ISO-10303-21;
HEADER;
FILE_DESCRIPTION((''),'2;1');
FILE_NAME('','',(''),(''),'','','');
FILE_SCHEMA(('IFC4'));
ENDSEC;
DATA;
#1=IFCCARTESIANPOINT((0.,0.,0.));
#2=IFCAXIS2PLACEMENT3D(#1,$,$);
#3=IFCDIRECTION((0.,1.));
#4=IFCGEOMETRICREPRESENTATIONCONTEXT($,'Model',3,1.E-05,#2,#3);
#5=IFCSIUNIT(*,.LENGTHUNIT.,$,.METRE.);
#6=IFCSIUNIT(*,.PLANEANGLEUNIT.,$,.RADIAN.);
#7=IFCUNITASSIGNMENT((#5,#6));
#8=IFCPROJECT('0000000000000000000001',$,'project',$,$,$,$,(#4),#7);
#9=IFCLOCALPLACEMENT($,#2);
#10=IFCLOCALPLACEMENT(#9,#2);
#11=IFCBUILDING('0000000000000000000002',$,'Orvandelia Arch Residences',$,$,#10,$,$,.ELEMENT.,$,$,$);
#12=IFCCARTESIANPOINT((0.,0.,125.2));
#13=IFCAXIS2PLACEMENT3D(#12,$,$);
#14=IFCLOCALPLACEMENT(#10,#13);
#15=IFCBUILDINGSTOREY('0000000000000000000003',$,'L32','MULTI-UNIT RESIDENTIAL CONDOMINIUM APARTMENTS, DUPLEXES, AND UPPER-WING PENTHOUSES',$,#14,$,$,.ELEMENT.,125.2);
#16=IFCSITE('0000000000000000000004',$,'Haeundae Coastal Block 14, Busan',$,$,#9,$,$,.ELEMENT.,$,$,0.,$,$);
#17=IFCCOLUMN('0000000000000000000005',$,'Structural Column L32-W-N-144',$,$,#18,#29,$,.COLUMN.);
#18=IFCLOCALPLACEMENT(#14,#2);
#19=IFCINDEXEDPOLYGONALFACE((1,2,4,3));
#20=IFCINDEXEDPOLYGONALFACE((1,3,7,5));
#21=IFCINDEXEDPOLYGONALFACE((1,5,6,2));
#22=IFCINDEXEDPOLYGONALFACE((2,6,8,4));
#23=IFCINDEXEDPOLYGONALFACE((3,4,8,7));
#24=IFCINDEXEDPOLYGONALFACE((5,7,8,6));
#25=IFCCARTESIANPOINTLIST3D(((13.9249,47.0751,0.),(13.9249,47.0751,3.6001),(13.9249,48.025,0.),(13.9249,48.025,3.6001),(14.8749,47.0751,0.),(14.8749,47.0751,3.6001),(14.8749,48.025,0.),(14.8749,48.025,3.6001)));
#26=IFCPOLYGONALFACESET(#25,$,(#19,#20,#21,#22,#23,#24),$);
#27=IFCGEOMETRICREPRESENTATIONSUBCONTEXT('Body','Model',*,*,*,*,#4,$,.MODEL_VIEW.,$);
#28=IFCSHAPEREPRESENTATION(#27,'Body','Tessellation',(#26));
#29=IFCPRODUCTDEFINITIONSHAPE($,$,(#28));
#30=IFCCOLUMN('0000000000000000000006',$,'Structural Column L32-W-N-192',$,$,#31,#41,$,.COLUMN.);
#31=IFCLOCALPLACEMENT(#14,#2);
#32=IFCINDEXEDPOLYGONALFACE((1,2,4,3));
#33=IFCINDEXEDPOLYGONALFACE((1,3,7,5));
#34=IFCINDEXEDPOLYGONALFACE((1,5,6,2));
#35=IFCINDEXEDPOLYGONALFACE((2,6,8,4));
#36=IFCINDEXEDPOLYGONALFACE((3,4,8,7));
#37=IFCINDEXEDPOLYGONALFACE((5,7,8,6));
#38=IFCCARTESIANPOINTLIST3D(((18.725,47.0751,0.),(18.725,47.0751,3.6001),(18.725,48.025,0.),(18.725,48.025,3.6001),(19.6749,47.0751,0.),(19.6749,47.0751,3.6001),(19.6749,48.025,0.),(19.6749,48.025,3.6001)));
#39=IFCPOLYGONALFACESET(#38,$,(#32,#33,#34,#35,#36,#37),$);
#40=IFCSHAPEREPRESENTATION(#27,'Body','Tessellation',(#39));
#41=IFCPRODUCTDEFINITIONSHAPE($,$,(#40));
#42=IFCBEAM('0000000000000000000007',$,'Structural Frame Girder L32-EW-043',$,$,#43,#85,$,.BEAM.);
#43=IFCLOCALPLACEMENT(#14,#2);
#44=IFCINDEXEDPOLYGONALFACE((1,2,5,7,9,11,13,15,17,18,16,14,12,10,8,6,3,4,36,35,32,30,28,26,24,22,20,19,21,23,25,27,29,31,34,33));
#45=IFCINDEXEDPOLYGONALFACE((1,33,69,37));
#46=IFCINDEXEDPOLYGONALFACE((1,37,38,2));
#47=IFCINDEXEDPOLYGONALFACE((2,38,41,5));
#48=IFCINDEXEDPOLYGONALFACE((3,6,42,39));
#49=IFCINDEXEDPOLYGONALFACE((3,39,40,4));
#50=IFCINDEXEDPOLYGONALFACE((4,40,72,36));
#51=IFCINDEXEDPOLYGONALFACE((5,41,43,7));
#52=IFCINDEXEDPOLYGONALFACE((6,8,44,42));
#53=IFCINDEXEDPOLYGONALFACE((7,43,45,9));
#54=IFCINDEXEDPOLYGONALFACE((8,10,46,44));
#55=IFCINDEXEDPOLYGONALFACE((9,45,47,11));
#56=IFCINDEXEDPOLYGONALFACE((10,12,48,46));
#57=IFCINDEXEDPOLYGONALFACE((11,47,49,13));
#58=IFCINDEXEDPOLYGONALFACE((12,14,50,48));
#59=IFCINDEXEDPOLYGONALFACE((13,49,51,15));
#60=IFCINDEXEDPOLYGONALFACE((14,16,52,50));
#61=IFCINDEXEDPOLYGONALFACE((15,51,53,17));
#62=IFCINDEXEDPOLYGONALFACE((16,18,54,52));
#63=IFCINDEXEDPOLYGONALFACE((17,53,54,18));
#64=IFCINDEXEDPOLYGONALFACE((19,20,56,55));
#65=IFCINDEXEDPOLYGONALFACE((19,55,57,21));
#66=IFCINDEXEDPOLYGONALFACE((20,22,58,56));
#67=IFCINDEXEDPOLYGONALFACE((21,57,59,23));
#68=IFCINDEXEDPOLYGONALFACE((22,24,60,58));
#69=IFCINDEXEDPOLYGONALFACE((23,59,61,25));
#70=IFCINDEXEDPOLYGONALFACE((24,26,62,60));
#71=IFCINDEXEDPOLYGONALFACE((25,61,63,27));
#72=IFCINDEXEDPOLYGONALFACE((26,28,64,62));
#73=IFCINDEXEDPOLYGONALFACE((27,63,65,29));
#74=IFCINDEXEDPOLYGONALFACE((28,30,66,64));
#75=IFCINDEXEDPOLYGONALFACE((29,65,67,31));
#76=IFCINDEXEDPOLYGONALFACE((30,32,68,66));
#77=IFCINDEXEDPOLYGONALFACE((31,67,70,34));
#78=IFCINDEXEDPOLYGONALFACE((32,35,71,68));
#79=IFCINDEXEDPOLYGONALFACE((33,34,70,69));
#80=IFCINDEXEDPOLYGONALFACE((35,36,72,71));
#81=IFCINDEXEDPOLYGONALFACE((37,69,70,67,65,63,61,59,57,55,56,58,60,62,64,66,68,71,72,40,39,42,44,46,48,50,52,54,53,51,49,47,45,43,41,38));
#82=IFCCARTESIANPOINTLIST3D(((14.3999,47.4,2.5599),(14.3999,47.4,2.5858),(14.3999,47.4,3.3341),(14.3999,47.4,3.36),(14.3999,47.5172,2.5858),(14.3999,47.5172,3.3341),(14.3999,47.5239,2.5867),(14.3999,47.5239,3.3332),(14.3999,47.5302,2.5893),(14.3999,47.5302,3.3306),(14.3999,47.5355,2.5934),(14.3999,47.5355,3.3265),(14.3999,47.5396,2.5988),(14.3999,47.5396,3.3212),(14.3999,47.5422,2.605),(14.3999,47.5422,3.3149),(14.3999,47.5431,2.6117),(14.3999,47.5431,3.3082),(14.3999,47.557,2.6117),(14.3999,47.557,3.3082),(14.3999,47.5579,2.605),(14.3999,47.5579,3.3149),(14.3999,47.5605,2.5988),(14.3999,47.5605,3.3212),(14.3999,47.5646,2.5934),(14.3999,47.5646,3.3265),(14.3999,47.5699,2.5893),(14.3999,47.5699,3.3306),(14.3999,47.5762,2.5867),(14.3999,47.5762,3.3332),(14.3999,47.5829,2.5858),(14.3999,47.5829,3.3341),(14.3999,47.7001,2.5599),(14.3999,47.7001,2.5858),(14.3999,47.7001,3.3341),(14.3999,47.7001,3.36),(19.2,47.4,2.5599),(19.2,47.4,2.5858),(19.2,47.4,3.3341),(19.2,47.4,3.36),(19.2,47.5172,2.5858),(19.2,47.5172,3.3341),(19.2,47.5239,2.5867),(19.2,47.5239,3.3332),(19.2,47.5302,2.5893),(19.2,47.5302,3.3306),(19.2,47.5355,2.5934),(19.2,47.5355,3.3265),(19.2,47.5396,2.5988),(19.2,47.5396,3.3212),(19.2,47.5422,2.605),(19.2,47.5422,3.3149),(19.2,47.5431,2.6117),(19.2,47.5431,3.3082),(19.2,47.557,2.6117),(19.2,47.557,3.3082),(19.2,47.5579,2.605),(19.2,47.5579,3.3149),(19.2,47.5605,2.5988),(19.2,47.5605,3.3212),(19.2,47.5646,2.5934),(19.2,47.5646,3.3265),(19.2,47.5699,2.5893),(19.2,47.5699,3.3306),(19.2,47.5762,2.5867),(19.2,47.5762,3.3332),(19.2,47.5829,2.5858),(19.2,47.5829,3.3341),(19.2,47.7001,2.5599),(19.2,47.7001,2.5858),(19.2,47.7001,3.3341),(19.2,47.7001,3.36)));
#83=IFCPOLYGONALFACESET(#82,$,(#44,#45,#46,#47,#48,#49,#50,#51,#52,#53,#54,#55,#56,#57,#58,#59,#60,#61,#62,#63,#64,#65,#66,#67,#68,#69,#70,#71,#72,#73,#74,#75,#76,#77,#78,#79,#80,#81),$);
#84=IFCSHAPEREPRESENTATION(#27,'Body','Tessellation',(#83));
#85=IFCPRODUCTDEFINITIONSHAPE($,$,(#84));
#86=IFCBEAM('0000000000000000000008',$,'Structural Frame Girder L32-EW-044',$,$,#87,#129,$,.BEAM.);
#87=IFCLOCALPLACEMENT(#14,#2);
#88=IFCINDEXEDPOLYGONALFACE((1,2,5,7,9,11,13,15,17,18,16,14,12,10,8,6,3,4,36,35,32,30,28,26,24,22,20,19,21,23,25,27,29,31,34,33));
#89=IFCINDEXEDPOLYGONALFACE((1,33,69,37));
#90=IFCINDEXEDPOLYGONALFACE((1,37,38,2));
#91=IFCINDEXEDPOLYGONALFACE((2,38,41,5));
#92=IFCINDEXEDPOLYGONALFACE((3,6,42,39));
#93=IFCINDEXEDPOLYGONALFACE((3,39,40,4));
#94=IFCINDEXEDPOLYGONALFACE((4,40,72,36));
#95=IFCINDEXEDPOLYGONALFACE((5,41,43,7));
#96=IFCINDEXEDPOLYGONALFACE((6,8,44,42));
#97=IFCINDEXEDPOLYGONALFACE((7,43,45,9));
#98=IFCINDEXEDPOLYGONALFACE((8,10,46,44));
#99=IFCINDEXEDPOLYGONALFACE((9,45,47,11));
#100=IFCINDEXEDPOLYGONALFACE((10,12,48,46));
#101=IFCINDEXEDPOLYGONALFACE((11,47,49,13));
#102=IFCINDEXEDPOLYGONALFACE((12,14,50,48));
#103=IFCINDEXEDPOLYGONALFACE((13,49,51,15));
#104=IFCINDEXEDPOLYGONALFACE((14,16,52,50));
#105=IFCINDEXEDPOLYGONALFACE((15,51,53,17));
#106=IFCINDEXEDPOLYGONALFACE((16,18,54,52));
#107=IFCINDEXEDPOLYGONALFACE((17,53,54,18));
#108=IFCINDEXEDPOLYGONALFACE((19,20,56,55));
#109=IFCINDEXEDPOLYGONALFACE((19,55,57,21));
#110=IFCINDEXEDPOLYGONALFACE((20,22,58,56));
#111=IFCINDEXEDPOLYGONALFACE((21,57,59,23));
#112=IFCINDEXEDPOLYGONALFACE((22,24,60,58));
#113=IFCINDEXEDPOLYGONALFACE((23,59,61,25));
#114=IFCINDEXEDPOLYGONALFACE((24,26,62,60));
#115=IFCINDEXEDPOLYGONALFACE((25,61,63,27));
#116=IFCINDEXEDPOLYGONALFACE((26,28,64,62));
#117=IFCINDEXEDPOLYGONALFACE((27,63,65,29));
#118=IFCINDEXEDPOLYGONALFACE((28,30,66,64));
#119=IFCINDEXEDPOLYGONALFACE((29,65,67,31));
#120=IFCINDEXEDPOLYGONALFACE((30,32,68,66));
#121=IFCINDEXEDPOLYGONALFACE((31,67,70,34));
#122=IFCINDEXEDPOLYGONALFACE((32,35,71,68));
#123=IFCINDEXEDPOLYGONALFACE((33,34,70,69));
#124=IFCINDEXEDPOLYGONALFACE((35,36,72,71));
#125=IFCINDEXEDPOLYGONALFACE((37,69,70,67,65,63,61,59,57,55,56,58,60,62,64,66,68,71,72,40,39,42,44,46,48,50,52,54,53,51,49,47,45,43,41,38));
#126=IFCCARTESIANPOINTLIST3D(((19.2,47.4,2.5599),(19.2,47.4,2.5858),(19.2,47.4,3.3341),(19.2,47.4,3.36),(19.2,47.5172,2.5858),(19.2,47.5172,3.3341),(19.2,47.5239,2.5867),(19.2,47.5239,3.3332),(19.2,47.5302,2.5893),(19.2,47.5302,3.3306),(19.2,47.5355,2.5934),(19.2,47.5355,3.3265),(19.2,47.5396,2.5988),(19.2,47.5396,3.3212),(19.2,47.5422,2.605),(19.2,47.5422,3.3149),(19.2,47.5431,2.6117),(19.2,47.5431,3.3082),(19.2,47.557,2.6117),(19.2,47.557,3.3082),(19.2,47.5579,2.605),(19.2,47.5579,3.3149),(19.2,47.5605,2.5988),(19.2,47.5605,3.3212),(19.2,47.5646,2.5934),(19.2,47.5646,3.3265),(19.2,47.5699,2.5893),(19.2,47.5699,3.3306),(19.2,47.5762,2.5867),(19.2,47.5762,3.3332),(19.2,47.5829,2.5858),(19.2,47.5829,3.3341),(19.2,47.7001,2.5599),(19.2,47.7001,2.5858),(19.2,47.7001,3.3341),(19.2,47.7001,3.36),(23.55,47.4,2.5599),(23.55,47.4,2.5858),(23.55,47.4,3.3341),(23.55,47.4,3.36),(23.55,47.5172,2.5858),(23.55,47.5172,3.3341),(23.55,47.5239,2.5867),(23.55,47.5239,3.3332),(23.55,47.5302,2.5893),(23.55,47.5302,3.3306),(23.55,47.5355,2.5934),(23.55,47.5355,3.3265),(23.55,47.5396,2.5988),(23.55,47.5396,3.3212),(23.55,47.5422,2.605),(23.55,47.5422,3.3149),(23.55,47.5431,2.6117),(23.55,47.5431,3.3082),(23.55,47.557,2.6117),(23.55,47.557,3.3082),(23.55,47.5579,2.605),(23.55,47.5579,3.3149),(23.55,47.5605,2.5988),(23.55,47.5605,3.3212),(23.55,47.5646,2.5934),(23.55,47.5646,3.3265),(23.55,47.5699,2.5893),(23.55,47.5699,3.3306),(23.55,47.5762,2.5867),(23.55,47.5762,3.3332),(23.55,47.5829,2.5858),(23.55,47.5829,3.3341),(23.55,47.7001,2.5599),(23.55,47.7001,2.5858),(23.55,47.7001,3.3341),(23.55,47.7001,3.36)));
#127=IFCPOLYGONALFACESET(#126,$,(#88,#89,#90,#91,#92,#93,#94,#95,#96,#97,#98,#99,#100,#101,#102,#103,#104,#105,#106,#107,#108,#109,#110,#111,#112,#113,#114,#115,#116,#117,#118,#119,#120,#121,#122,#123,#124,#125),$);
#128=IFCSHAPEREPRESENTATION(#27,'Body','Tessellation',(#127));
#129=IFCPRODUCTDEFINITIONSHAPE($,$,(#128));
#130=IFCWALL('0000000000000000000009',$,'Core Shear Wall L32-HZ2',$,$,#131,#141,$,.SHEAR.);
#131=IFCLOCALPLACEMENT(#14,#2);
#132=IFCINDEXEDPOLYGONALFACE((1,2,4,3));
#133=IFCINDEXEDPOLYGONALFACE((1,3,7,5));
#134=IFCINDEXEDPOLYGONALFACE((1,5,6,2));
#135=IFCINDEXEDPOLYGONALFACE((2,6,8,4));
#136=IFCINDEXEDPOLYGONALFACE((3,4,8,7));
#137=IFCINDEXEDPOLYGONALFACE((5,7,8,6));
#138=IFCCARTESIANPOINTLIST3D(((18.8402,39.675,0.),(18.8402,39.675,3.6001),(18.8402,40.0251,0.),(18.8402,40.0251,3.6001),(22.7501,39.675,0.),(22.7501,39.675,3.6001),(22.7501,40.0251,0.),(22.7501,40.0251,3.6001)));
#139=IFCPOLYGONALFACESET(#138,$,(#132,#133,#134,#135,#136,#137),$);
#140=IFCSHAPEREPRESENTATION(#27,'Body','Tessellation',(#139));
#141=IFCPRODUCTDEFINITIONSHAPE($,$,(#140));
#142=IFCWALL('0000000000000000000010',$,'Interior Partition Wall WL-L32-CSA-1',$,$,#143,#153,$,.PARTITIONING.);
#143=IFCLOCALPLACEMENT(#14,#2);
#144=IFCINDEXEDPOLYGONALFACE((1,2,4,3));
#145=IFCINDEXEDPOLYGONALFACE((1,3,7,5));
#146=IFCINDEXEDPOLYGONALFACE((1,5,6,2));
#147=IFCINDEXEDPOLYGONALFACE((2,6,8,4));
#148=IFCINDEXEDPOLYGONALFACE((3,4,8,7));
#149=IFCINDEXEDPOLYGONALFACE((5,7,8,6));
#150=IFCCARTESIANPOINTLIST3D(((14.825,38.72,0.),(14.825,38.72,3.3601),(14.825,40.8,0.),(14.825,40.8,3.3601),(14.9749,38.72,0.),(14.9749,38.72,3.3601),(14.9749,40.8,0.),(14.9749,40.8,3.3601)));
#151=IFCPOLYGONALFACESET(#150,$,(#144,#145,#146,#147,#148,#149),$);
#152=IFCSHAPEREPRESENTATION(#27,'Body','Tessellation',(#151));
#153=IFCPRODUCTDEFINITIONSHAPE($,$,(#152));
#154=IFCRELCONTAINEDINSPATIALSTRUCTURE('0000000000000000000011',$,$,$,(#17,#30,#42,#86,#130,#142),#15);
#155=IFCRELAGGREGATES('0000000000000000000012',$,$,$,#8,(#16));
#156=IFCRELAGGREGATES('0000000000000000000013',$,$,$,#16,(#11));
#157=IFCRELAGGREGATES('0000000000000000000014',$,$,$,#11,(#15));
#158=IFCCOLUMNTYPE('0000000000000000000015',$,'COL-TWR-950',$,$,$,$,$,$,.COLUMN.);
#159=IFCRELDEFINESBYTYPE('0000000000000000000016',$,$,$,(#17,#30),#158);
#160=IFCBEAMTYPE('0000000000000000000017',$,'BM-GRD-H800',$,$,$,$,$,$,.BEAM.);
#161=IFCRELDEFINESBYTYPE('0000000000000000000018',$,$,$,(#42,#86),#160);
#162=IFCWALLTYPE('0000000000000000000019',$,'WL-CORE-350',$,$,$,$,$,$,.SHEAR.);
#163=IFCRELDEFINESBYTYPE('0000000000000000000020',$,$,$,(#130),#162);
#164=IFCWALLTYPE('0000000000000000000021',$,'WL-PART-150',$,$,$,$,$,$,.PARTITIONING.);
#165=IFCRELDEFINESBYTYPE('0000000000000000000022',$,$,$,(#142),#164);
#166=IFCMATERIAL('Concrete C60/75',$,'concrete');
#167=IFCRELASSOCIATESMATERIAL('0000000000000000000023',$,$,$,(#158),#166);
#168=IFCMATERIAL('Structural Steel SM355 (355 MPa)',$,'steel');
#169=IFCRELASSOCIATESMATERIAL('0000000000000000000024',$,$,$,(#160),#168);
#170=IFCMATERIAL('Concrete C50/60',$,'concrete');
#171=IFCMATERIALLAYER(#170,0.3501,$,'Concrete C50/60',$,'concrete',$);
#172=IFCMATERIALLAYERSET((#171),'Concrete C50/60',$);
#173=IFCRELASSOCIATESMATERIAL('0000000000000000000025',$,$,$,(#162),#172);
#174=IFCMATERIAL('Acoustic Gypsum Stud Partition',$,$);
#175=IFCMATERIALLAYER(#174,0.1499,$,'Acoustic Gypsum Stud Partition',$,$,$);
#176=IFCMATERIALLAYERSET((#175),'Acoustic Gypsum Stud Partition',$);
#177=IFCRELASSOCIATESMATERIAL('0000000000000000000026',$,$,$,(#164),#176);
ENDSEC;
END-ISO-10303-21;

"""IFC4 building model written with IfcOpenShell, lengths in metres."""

from ifc_helpers import new_model, si_unit, direction, frame, frame_2d, origin, origin_2d, place, context, subcontext, project, spatial, rectangle, i_section, extrude, material, layer, layer_set, material_profile, profile_set, type_object, element, save


model = new_model("IFC4")

# Units and contexts
model_context = context("Model", 3, precision=1e-05, world=origin(), true_north=direction((0.0, 1.0)))
body_context = subcontext(model_context, "Body", "Model", "MODEL_VIEW")
ifc_project = project(units=[si_unit("LENGTHUNIT", "METRE"), si_unit("PLANEANGLEUNIT", "RADIAN")], contexts=[model_context])

# Site, building, storey
site_placement = place(None, origin())
site = spatial("IfcSite", under=ifc_project, at=site_placement, Name="Haeundae Coastal Block 14, Busan", CompositionType="ELEMENT", RefElevation=0.0)
building_placement = place(site_placement, origin())
building = spatial("IfcBuilding", under=site, at=building_placement, Name="Orvandelia Arch Residences", CompositionType="ELEMENT")
storey_placement = place(building_placement, frame((0.0, 0.0, 125.2)))
storey = spatial("IfcBuildingStorey", under=building, at=storey_placement, Name="L32", Description="MULTI-UNIT RESIDENTIAL CONDOMINIUM APARTMENTS, DUPLEXES, AND UPPER-WING PENTHOUSES", CompositionType="ELEMENT", Elevation=125.2)

# Columns
ifc_material_1 = material(Name="Concrete C60/75", Category="concrete")
ifc_material_profile_1 = material_profile(ifc_material_1, rectangle(XDim=0.95, YDim=0.95, at=origin_2d()), Name="Concrete C60/75", Category="concrete")
ifc_profile_set_1 = profile_set([ifc_material_profile_1], Name="Concrete C60/75")
column_type = type_object("IfcColumnType", Name="COL-TWR-950", PredefinedType="COLUMN", material=ifc_profile_set_1)
for number, where, z_axis, x_axis, name in (
    (1, (14.3999, 47.55, 0.0), (0.0, 0.0, 1.0), (1.0, 0.0, 0.0), "Structural Column L32-W-N-144"),
    (2, (19.2, 47.55, 0.0), (0.0, 0.0, 1.0), (1.0, 0.0, 0.0), "Structural Column L32-W-N-192"),
):
    element("IfcColumn", number, at=place(storey_placement, frame(where, z_axis=z_axis, x_axis=x_axis)), inside=storey, type_object=column_type, Name=name, PredefinedType="COLUMN", context=body_context, shape_type="SweptSolid", body=[
        extrude(rectangle(XDim=0.95, YDim=0.95, at=origin_2d()), origin(), (0.0, 0.0, 1.0), 3.6001),
    ])

# Beams
ifc_material_2 = material(Name="Structural Steel SM355 (355 MPa)", Category="steel")
ifc_material_profile_2 = material_profile(ifc_material_2, i_section(OverallWidth=0.3, OverallDepth=0.8, WebThickness=0.0139, FlangeThickness=0.0259, FilletRadius=0.0259, at=origin_2d()), Name="Structural Steel SM355 (355 MPa)", Category="steel")
ifc_profile_set_2 = profile_set([ifc_material_profile_2], Name="Structural Steel SM355 (355 MPa)")
beam_type = type_object("IfcBeamType", Name="BM-GRD-H800", PredefinedType="BEAM", material=ifc_profile_set_2)
beam_1_placement = place(storey_placement, frame((14.3999, 47.55, 2.96), z_axis=(1.0, 0.0, 0.0), x_axis=(0.0, 1.0, 0.0)))
element("IfcBeam", 3, at=beam_1_placement, inside=storey, type_object=beam_type, Name="Structural Frame Girder L32-EW-043", PredefinedType="BEAM", context=body_context, shape_type="SweptSolid", body=[
    extrude(i_section(OverallWidth=0.3, OverallDepth=0.8, WebThickness=0.0139, FlangeThickness=0.0259, FilletRadius=0.0259, at=origin_2d()), origin(), (0.0, 0.0, 1.0), 4.8),
])
beam_2_placement = place(storey_placement, frame((19.2, 47.55, 2.96), z_axis=(1.0, 0.0, 0.0), x_axis=(0.0, 1.0, 0.0)))
element("IfcBeam", 4, at=beam_2_placement, inside=storey, type_object=beam_type, Name="Structural Frame Girder L32-EW-044", PredefinedType="BEAM", context=body_context, shape_type="SweptSolid", body=[
    extrude(i_section(OverallWidth=0.3, OverallDepth=0.8, WebThickness=0.0139, FlangeThickness=0.0259, FilletRadius=0.0259, at=origin_2d()), origin(), (0.0, 0.0, 1.0), 4.3501),
])

# Walls
ifc_material_3 = material(Name="Concrete C50/60", Category="concrete")
ifc_layer_1 = layer(ifc_material_3, 0.3501, Name="Concrete C50/60", Category="concrete")
ifc_layer_set_1 = layer_set([ifc_layer_1], Name="Concrete C50/60")
wall_type_1 = type_object("IfcWallType", Name="WL-CORE-350", PredefinedType="SHEAR", material=ifc_layer_set_1)
wall_1_placement = place(storey_placement, frame((18.8401, 39.8501, 0.0), z_axis=(0.0, 0.0, 1.0), x_axis=(1.0, 0.0, 0.0)))
element("IfcWall", 5, at=wall_1_placement, inside=storey, type_object=wall_type_1, Name="Core Shear Wall L32-HZ2", PredefinedType="SHEAR", context=body_context, shape_type="SweptSolid", body=[
    extrude(rectangle(XDim=3.9099, YDim=0.3501, at=frame_2d((1.9551, 0.0))), origin(), (0.0, 0.0, 1.0), 3.6001),
])
ifc_material_4 = material(Name="Acoustic Gypsum Stud Partition")
ifc_layer_2 = layer(ifc_material_4, 0.1499, Name="Acoustic Gypsum Stud Partition")
ifc_layer_set_2 = layer_set([ifc_layer_2], Name="Acoustic Gypsum Stud Partition")
wall_type_2 = type_object("IfcWallType", Name="WL-PART-150", PredefinedType="PARTITIONING", material=ifc_layer_set_2)
wall_2_placement = place(storey_placement, frame((14.8999, 38.72, 0.0), z_axis=(0.0, 0.0, 1.0), x_axis=(0.0, 1.0, 0.0)))
element("IfcWall", 6, at=wall_2_placement, inside=storey, type_object=wall_type_2, Name="Interior Partition Wall WL-L32-CSA-1", PredefinedType="PARTITIONING", context=body_context, shape_type="SweptSolid", body=[
    extrude(rectangle(XDim=2.0801, YDim=0.1499, at=frame_2d((1.04, 0.0))), origin(), (0.0, 0.0, 1.0), 3.3601),
])

save(model, "model.ifc")
